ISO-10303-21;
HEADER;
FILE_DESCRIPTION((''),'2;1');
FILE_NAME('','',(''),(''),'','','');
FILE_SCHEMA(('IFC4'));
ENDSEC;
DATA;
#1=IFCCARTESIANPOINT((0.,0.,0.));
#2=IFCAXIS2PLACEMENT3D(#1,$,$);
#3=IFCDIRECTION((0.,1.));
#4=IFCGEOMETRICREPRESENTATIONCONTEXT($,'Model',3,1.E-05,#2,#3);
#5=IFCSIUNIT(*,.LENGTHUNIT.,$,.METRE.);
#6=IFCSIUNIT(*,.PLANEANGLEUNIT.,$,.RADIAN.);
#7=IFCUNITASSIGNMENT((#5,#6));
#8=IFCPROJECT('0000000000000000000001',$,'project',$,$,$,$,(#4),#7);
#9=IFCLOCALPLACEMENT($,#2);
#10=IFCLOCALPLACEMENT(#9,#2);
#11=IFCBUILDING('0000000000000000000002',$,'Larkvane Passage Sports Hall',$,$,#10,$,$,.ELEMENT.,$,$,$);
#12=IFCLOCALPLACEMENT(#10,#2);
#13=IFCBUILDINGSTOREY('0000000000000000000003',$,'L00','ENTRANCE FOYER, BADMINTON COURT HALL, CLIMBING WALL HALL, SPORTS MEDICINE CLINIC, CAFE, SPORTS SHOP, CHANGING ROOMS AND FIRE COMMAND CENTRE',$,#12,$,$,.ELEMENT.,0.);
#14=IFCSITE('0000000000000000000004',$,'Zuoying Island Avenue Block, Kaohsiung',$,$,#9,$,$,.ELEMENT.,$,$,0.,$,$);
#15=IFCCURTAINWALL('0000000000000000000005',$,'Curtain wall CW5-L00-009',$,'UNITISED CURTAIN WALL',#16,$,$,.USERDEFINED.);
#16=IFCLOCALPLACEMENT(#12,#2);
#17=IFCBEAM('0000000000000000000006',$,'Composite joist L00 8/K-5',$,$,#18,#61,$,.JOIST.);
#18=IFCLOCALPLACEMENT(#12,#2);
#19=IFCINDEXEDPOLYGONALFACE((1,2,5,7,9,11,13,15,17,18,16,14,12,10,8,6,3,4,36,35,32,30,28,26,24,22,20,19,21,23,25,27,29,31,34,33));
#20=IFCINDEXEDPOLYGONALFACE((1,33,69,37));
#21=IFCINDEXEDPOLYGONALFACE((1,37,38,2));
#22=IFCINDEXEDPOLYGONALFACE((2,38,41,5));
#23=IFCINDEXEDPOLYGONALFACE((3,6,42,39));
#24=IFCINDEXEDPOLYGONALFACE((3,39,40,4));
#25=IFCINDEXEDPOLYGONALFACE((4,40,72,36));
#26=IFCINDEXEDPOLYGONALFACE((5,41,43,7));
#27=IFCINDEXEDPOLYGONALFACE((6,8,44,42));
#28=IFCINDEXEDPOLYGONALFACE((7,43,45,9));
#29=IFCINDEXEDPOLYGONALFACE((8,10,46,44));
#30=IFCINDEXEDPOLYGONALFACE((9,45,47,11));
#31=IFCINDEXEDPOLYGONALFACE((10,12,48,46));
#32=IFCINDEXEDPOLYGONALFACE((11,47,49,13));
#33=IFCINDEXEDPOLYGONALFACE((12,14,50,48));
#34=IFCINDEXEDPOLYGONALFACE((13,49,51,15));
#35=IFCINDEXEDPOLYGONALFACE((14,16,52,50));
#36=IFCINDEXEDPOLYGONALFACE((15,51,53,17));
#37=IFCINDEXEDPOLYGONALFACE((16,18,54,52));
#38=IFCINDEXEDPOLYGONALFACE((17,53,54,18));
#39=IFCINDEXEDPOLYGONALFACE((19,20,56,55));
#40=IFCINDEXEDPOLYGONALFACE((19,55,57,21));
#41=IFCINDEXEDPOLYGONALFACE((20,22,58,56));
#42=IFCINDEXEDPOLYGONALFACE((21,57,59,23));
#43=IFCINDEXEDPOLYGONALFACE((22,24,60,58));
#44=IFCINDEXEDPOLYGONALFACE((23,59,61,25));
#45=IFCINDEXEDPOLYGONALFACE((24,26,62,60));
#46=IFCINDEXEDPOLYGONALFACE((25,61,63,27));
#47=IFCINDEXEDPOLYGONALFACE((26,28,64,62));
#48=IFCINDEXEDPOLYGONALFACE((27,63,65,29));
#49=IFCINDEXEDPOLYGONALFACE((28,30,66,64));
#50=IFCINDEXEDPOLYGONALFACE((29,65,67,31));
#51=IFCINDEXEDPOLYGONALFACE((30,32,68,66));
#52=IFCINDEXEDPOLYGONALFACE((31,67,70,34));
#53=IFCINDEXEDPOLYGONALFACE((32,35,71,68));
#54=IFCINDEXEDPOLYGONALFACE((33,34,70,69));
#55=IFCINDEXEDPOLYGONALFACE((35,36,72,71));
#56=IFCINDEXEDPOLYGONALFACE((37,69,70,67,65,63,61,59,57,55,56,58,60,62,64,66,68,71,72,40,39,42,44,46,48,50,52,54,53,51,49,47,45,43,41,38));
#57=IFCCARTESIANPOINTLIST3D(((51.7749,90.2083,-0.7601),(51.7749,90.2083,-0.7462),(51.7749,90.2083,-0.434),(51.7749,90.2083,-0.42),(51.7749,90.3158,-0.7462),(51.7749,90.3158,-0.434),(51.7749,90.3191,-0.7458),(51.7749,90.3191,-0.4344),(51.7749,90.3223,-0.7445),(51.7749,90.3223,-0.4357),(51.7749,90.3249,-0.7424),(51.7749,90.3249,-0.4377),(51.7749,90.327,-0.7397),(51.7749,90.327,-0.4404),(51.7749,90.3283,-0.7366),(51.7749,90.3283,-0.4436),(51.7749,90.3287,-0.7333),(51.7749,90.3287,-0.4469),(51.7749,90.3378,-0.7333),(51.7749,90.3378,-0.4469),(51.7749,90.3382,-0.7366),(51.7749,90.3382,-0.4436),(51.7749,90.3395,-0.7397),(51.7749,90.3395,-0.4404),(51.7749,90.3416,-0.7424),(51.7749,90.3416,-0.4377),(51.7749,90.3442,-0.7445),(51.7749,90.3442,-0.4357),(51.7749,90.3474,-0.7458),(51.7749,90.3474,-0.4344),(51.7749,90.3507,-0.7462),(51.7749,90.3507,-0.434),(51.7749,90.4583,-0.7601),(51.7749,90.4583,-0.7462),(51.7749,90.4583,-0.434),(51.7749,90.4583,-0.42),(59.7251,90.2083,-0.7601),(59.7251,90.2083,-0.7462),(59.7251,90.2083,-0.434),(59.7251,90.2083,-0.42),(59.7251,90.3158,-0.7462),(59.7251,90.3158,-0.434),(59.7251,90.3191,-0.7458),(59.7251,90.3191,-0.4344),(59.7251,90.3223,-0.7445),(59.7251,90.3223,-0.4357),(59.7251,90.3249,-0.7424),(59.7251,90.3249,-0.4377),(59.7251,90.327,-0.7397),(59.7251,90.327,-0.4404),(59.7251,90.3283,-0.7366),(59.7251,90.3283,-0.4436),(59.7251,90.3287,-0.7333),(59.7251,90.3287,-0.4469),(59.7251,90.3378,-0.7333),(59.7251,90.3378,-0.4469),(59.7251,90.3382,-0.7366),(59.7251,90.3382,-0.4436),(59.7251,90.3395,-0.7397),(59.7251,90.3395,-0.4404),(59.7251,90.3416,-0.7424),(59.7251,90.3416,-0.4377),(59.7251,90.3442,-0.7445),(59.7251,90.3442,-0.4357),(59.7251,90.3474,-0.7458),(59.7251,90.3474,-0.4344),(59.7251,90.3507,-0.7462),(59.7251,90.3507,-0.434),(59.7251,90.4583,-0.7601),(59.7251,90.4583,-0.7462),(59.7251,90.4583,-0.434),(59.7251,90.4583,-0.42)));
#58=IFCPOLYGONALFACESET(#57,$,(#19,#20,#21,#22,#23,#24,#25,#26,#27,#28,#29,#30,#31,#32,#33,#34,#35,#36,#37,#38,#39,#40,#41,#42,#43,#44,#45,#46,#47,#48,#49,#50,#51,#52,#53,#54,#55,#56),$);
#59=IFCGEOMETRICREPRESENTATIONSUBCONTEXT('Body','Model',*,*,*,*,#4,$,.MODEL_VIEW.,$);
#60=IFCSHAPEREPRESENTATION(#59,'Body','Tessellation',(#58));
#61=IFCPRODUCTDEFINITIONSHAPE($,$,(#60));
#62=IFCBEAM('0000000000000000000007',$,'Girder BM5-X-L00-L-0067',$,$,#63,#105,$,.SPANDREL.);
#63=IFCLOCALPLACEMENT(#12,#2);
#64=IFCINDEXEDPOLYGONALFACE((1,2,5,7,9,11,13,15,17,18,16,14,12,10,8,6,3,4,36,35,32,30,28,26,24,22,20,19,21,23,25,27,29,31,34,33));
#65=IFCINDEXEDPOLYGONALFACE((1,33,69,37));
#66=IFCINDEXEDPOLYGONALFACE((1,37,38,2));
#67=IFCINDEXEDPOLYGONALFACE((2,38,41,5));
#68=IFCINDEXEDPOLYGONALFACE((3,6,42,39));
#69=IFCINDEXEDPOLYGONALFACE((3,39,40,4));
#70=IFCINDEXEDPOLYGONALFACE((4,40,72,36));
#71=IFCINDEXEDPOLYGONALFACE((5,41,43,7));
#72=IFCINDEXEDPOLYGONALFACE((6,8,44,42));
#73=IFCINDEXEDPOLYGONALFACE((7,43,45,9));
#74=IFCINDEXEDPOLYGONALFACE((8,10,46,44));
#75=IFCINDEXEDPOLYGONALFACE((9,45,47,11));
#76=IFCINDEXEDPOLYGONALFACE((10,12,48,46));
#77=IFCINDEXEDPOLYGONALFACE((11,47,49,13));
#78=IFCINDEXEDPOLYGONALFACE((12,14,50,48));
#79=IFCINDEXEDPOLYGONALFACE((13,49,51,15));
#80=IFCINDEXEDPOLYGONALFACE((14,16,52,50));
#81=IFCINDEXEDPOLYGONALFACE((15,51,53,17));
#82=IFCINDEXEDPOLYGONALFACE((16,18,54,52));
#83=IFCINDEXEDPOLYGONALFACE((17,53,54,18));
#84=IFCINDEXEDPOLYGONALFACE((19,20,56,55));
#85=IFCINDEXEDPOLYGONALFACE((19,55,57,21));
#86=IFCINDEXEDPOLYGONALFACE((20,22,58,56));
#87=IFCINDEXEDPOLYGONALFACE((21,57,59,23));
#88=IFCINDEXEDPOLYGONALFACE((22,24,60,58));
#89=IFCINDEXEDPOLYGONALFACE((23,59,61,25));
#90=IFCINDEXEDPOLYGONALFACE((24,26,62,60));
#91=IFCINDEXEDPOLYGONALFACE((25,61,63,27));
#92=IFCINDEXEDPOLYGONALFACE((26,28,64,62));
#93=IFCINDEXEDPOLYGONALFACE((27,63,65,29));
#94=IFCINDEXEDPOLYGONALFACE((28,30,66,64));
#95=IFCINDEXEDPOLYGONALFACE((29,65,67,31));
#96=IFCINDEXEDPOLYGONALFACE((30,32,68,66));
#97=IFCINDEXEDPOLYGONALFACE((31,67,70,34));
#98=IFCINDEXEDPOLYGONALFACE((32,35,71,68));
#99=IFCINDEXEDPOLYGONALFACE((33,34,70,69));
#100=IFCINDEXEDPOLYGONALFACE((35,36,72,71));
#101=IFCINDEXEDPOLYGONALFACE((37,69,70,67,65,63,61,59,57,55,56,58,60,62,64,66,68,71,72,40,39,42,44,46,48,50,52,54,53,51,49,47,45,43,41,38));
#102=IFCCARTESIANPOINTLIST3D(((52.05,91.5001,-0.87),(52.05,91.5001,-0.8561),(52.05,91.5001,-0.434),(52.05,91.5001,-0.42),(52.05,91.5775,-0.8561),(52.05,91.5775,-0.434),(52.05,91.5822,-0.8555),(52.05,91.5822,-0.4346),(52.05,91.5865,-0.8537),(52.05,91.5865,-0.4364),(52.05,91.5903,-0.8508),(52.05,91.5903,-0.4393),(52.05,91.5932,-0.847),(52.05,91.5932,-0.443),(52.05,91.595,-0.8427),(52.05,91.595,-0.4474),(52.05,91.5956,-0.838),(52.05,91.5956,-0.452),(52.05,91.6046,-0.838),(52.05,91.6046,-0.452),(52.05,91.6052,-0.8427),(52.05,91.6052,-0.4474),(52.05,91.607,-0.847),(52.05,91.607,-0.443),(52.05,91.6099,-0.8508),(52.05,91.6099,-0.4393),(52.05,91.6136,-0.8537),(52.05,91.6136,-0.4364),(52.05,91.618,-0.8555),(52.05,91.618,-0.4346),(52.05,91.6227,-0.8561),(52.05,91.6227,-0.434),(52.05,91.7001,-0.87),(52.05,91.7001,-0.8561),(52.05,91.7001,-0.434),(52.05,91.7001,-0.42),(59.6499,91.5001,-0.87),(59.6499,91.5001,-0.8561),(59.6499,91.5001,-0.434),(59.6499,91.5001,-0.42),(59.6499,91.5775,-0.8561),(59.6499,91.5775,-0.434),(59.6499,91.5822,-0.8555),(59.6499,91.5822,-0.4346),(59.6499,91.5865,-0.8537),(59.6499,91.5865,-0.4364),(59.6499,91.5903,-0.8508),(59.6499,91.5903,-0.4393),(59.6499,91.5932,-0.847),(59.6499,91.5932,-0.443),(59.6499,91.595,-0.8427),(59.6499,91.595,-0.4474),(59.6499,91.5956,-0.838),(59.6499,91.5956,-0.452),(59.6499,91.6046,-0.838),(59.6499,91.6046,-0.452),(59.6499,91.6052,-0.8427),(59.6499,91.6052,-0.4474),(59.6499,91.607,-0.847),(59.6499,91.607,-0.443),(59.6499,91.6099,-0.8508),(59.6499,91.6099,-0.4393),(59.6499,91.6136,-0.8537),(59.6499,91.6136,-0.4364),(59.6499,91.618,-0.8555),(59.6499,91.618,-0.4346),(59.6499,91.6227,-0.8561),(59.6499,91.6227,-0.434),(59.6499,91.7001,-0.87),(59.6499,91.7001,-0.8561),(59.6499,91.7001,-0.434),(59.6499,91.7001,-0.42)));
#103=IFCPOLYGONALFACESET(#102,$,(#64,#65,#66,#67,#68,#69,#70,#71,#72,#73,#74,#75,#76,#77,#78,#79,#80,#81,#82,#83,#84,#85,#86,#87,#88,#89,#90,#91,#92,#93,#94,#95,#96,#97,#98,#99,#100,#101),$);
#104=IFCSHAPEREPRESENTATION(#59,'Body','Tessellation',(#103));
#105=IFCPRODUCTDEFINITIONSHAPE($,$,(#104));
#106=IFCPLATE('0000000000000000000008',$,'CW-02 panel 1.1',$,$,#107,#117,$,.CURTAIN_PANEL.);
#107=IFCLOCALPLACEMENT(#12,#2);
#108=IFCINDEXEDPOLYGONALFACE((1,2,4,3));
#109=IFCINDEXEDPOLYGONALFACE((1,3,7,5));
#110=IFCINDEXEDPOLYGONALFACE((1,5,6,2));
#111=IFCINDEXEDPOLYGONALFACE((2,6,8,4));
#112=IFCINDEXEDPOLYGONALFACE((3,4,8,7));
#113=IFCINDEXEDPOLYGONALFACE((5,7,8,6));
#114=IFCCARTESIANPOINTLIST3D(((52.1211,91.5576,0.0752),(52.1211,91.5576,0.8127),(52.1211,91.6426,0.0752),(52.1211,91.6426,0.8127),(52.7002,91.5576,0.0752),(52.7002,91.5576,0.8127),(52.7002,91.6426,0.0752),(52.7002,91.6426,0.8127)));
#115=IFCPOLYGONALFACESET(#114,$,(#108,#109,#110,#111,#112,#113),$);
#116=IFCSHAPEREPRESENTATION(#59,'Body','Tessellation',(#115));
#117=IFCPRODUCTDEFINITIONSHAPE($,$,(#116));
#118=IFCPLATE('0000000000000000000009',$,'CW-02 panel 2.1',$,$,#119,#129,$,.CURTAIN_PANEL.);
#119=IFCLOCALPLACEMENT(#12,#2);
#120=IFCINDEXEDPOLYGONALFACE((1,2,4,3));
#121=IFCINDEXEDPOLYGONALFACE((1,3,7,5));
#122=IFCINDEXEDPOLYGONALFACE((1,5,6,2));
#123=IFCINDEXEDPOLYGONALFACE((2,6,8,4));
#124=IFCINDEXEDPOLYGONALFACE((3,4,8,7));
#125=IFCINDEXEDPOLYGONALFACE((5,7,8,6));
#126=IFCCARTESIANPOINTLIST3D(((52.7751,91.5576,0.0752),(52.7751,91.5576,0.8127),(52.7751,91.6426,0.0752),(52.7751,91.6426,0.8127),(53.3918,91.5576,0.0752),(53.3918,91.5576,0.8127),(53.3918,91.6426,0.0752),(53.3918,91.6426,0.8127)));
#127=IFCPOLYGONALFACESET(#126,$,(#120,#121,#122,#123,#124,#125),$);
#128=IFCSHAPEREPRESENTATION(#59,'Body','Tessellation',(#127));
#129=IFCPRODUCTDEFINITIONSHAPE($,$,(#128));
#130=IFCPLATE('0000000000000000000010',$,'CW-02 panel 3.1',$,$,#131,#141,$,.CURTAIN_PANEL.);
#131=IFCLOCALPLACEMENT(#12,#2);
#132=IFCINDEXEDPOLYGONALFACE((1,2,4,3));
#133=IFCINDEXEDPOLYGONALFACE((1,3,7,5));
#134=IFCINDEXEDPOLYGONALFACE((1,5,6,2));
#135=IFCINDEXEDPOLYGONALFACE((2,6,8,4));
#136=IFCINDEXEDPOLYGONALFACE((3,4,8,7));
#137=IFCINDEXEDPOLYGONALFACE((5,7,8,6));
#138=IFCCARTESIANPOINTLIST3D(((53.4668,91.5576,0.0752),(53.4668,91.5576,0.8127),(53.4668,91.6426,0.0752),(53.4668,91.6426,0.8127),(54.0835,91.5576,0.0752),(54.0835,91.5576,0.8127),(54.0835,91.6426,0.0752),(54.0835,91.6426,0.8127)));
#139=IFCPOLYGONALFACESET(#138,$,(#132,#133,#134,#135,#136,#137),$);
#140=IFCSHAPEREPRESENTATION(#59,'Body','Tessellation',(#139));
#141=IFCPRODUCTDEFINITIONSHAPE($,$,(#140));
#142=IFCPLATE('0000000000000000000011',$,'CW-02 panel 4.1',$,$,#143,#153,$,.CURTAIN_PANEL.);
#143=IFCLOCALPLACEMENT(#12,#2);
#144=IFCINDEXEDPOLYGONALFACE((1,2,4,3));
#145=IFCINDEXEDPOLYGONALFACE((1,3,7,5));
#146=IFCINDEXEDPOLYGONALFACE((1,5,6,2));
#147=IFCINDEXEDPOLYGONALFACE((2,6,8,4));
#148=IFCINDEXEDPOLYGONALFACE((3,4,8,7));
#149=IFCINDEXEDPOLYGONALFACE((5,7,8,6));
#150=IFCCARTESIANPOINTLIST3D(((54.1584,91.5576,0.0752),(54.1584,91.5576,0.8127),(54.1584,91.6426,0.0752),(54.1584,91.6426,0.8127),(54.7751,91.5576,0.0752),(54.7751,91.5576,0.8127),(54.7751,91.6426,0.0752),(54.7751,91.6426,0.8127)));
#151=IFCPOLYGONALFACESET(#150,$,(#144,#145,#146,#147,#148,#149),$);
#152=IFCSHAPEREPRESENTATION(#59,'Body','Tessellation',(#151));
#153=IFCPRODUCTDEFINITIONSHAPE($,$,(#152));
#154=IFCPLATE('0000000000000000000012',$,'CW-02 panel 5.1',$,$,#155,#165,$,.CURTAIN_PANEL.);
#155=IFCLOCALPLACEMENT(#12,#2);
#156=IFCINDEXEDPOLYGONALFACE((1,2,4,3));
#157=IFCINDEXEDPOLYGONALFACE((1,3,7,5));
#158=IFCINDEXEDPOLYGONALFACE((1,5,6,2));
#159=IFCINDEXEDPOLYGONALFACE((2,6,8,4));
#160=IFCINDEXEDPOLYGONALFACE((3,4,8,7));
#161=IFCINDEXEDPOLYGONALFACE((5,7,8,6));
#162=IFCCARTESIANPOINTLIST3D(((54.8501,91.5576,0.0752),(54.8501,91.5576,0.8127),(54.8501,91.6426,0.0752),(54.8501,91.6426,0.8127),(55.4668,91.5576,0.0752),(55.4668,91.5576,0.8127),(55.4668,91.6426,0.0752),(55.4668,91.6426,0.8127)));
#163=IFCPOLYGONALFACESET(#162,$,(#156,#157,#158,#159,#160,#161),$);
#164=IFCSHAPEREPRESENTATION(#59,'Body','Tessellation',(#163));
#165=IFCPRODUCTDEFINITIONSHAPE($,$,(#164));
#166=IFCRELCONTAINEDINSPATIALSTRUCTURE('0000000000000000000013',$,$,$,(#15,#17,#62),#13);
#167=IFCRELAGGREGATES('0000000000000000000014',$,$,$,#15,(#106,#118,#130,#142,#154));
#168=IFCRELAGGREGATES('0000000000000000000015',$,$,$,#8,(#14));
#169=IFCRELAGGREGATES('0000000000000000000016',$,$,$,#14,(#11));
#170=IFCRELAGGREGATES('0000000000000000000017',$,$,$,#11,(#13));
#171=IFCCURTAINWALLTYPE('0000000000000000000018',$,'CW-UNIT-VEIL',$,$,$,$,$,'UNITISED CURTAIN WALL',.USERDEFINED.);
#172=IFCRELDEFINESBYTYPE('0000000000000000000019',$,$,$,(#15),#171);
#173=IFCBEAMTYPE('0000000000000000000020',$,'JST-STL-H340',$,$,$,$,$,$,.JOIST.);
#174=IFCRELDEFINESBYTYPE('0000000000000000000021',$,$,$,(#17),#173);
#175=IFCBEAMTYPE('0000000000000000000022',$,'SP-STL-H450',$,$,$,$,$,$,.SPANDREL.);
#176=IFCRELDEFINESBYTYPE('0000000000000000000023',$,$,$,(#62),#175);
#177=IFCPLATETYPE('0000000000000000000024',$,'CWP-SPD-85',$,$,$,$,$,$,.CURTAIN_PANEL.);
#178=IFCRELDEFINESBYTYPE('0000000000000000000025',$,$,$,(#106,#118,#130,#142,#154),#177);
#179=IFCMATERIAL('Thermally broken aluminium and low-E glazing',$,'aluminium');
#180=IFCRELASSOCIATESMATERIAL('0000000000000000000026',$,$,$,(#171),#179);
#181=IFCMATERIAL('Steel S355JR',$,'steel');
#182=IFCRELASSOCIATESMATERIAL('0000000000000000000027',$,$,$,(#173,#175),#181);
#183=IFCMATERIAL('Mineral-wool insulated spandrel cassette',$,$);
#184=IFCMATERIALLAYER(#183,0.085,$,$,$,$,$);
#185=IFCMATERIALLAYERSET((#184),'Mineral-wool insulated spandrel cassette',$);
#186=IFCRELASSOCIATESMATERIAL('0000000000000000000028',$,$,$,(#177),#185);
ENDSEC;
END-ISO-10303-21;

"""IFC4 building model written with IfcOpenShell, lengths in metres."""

from ifc_helpers import new_model, si_unit, direction, frame, origin, origin_2d, place, context, subcontext, project, spatial, rectangle, i_section, extrude, material, layer, layer_set, material_profile, profile_set, type_object, element, aggregate, save


model = new_model("IFC4")

# Units and contexts
model_context = context("Model", 3, precision=1e-05, world=origin(), true_north=direction((0.0, 1.0)))
body_context = subcontext(model_context, "Body", "Model", "MODEL_VIEW")
ifc_project = project(units=[si_unit("LENGTHUNIT", "METRE"), si_unit("PLANEANGLEUNIT", "RADIAN")], contexts=[model_context])

# Site, building, storey
site_placement = place(None, origin())
site = spatial("IfcSite", under=ifc_project, at=site_placement, Name="Zuoying Island Avenue Block, Kaohsiung", CompositionType="ELEMENT", RefElevation=0.0)
building_placement = place(site_placement, origin())
building = spatial("IfcBuilding", under=site, at=building_placement, Name="Larkvane Passage Sports Hall", CompositionType="ELEMENT")
storey_placement = place(building_placement, origin())
storey = spatial("IfcBuildingStorey", under=building, at=storey_placement, Name="L00", Description="ENTRANCE FOYER, BADMINTON COURT HALL, CLIMBING WALL HALL, SPORTS MEDICINE CLINIC, CAFE, SPORTS SHOP, CHANGING ROOMS AND FIRE COMMAND CENTRE", CompositionType="ELEMENT", Elevation=0.0)

# Curtain wall
ifc_material_1 = material(Name="Thermally broken aluminium and low-E glazing", Category="aluminium")
curtain_wall_type = type_object("IfcCurtainWallType", Name="CW-UNIT-VEIL", ElementType="UNITISED CURTAIN WALL", PredefinedType="USERDEFINED", material=ifc_material_1)
curtain_wall_placement = place(storey_placement, origin())
curtain_wall = element("IfcCurtainWall", 1, at=curtain_wall_placement, inside=storey, type_object=curtain_wall_type, Name="Curtain wall CW5-L00-009", ObjectType="UNITISED CURTAIN WALL", PredefinedType="USERDEFINED")

# Beams
ifc_material_2 = material(Name="Steel S355JR", Category="steel")
ifc_material_profile_1 = material_profile(ifc_material_2, i_section(OverallWidth=0.25, OverallDepth=0.3401, WebThickness=0.009, FlangeThickness=0.0139, FilletRadius=0.0129, at=origin_2d()), Name="H-340x250x9x14")
ifc_profile_set_1 = profile_set([ifc_material_profile_1], Name="Steel S355JR")
beam_type_1 = type_object("IfcBeamType", Name="JST-STL-H340", PredefinedType="JOIST", material=ifc_profile_set_1)
beam_1_placement = place(storey_placement, frame((51.7749, 90.3333, -0.5901), z_axis=(1.0, 0.0, 0.0), x_axis=(0.0, 1.0, 0.0)))
element("IfcBeam", 2, at=beam_1_placement, inside=storey, type_object=beam_type_1, Name="Composite joist L00 8/K-5", PredefinedType="JOIST", context=body_context, shape_type="SweptSolid", body=[
    extrude(i_section(OverallWidth=0.25, OverallDepth=0.3401, WebThickness=0.009, FlangeThickness=0.0139, FilletRadius=0.0129, at=origin_2d()), origin(), (0.0, 0.0, 1.0), 7.9502),
])
ifc_material_profile_2 = material_profile(ifc_material_2, i_section(OverallWidth=0.2, OverallDepth=0.45, WebThickness=0.009, FlangeThickness=0.0139, FilletRadius=0.0181, at=origin_2d()), Name="H-450x200x9x14")
ifc_profile_set_2 = profile_set([ifc_material_profile_2], Name="Steel S355JR")
beam_type_2 = type_object("IfcBeamType", Name="SP-STL-H450", PredefinedType="SPANDREL", material=ifc_profile_set_2)
beam_2_placement = place(storey_placement, frame((52.05, 91.6001, -0.645), z_axis=(1.0, 0.0, 0.0), x_axis=(0.0, 1.0, 0.0)))
element("IfcBeam", 3, at=beam_2_placement, inside=storey, type_object=beam_type_2, Name="Girder BM5-X-L00-L-0067", PredefinedType="SPANDREL", context=body_context, shape_type="SweptSolid", body=[
    extrude(i_section(OverallWidth=0.2, OverallDepth=0.45, WebThickness=0.009, FlangeThickness=0.0139, FilletRadius=0.0181, at=origin_2d()), origin(), (0.0, 0.0, 1.0), 7.5999),
])

# Plates
ifc_material_3 = material(Name="Mineral-wool insulated spandrel cassette")
ifc_layer = layer(ifc_material_3, 0.085)
ifc_layer_set = layer_set([ifc_layer], Name="Mineral-wool insulated spandrel cassette")
plate_type = type_object("IfcPlateType", Name="CWP-SPD-85", PredefinedType="CURTAIN_PANEL", material=ifc_layer_set)
plate_1_placement = place(storey_placement, frame((52.4106, 91.6001, 0.0752), z_axis=(0.0, 0.0, 1.0), x_axis=(1.0, 0.0, 0.0)))
plate_1 = element("IfcPlate", 4, at=plate_1_placement, type_object=plate_type, Name="CW-02 panel 1.1", PredefinedType="CURTAIN_PANEL", context=body_context, shape_type="SweptSolid", body=[
    extrude(rectangle(XDim=0.5791, YDim=0.085, at=origin_2d()), origin(), (0.0, 0.0, 1.0), 0.7375),
])
plate_2_placement = place(storey_placement, frame((53.0835, 91.6001, 0.0752), z_axis=(0.0, 0.0, 1.0), x_axis=(1.0, 0.0, 0.0)))
plate_2 = element("IfcPlate", 5, at=plate_2_placement, type_object=plate_type, Name="CW-02 panel 2.1", PredefinedType="CURTAIN_PANEL", context=body_context, shape_type="SweptSolid", body=[
    extrude(rectangle(XDim=0.6167, YDim=0.085, at=origin_2d()), origin(), (0.0, 0.0, 1.0), 0.7375),
])
plate_3_placement = place(storey_placement, frame((53.7751, 91.6001, 0.0752), z_axis=(0.0, 0.0, 1.0), x_axis=(1.0, 0.0, 0.0)))
plate_3 = element("IfcPlate", 6, at=plate_3_placement, type_object=plate_type, Name="CW-02 panel 3.1", PredefinedType="CURTAIN_PANEL", context=body_context, shape_type="SweptSolid", body=[
    extrude(rectangle(XDim=0.6167, YDim=0.085, at=origin_2d()), origin(), (0.0, 0.0, 1.0), 0.7375),
])
plate_4_placement = place(storey_placement, frame((54.4668, 91.6001, 0.0752), z_axis=(0.0, 0.0, 1.0), x_axis=(1.0, 0.0, 0.0)))
plate_4 = element("IfcPlate", 7, at=plate_4_placement, type_object=plate_type, Name="CW-02 panel 4.1", PredefinedType="CURTAIN_PANEL", context=body_context, shape_type="SweptSolid", body=[
    extrude(rectangle(XDim=0.6167, YDim=0.085, at=origin_2d()), origin(), (0.0, 0.0, 1.0), 0.7375),
])
plate_5_placement = place(storey_placement, frame((55.1584, 91.6001, 0.0752), z_axis=(0.0, 0.0, 1.0), x_axis=(1.0, 0.0, 0.0)))
plate_5 = element("IfcPlate", 8, at=plate_5_placement, type_object=plate_type, Name="CW-02 panel 5.1", PredefinedType="CURTAIN_PANEL", context=body_context, shape_type="SweptSolid", body=[
    extrude(rectangle(XDim=0.6167, YDim=0.085, at=origin_2d()), origin(), (0.0, 0.0, 1.0), 0.7375),
])
aggregate(curtain_wall, [plate_1, plate_2, plate_3, plate_4, plate_5])

save(model, "model.ifc")
